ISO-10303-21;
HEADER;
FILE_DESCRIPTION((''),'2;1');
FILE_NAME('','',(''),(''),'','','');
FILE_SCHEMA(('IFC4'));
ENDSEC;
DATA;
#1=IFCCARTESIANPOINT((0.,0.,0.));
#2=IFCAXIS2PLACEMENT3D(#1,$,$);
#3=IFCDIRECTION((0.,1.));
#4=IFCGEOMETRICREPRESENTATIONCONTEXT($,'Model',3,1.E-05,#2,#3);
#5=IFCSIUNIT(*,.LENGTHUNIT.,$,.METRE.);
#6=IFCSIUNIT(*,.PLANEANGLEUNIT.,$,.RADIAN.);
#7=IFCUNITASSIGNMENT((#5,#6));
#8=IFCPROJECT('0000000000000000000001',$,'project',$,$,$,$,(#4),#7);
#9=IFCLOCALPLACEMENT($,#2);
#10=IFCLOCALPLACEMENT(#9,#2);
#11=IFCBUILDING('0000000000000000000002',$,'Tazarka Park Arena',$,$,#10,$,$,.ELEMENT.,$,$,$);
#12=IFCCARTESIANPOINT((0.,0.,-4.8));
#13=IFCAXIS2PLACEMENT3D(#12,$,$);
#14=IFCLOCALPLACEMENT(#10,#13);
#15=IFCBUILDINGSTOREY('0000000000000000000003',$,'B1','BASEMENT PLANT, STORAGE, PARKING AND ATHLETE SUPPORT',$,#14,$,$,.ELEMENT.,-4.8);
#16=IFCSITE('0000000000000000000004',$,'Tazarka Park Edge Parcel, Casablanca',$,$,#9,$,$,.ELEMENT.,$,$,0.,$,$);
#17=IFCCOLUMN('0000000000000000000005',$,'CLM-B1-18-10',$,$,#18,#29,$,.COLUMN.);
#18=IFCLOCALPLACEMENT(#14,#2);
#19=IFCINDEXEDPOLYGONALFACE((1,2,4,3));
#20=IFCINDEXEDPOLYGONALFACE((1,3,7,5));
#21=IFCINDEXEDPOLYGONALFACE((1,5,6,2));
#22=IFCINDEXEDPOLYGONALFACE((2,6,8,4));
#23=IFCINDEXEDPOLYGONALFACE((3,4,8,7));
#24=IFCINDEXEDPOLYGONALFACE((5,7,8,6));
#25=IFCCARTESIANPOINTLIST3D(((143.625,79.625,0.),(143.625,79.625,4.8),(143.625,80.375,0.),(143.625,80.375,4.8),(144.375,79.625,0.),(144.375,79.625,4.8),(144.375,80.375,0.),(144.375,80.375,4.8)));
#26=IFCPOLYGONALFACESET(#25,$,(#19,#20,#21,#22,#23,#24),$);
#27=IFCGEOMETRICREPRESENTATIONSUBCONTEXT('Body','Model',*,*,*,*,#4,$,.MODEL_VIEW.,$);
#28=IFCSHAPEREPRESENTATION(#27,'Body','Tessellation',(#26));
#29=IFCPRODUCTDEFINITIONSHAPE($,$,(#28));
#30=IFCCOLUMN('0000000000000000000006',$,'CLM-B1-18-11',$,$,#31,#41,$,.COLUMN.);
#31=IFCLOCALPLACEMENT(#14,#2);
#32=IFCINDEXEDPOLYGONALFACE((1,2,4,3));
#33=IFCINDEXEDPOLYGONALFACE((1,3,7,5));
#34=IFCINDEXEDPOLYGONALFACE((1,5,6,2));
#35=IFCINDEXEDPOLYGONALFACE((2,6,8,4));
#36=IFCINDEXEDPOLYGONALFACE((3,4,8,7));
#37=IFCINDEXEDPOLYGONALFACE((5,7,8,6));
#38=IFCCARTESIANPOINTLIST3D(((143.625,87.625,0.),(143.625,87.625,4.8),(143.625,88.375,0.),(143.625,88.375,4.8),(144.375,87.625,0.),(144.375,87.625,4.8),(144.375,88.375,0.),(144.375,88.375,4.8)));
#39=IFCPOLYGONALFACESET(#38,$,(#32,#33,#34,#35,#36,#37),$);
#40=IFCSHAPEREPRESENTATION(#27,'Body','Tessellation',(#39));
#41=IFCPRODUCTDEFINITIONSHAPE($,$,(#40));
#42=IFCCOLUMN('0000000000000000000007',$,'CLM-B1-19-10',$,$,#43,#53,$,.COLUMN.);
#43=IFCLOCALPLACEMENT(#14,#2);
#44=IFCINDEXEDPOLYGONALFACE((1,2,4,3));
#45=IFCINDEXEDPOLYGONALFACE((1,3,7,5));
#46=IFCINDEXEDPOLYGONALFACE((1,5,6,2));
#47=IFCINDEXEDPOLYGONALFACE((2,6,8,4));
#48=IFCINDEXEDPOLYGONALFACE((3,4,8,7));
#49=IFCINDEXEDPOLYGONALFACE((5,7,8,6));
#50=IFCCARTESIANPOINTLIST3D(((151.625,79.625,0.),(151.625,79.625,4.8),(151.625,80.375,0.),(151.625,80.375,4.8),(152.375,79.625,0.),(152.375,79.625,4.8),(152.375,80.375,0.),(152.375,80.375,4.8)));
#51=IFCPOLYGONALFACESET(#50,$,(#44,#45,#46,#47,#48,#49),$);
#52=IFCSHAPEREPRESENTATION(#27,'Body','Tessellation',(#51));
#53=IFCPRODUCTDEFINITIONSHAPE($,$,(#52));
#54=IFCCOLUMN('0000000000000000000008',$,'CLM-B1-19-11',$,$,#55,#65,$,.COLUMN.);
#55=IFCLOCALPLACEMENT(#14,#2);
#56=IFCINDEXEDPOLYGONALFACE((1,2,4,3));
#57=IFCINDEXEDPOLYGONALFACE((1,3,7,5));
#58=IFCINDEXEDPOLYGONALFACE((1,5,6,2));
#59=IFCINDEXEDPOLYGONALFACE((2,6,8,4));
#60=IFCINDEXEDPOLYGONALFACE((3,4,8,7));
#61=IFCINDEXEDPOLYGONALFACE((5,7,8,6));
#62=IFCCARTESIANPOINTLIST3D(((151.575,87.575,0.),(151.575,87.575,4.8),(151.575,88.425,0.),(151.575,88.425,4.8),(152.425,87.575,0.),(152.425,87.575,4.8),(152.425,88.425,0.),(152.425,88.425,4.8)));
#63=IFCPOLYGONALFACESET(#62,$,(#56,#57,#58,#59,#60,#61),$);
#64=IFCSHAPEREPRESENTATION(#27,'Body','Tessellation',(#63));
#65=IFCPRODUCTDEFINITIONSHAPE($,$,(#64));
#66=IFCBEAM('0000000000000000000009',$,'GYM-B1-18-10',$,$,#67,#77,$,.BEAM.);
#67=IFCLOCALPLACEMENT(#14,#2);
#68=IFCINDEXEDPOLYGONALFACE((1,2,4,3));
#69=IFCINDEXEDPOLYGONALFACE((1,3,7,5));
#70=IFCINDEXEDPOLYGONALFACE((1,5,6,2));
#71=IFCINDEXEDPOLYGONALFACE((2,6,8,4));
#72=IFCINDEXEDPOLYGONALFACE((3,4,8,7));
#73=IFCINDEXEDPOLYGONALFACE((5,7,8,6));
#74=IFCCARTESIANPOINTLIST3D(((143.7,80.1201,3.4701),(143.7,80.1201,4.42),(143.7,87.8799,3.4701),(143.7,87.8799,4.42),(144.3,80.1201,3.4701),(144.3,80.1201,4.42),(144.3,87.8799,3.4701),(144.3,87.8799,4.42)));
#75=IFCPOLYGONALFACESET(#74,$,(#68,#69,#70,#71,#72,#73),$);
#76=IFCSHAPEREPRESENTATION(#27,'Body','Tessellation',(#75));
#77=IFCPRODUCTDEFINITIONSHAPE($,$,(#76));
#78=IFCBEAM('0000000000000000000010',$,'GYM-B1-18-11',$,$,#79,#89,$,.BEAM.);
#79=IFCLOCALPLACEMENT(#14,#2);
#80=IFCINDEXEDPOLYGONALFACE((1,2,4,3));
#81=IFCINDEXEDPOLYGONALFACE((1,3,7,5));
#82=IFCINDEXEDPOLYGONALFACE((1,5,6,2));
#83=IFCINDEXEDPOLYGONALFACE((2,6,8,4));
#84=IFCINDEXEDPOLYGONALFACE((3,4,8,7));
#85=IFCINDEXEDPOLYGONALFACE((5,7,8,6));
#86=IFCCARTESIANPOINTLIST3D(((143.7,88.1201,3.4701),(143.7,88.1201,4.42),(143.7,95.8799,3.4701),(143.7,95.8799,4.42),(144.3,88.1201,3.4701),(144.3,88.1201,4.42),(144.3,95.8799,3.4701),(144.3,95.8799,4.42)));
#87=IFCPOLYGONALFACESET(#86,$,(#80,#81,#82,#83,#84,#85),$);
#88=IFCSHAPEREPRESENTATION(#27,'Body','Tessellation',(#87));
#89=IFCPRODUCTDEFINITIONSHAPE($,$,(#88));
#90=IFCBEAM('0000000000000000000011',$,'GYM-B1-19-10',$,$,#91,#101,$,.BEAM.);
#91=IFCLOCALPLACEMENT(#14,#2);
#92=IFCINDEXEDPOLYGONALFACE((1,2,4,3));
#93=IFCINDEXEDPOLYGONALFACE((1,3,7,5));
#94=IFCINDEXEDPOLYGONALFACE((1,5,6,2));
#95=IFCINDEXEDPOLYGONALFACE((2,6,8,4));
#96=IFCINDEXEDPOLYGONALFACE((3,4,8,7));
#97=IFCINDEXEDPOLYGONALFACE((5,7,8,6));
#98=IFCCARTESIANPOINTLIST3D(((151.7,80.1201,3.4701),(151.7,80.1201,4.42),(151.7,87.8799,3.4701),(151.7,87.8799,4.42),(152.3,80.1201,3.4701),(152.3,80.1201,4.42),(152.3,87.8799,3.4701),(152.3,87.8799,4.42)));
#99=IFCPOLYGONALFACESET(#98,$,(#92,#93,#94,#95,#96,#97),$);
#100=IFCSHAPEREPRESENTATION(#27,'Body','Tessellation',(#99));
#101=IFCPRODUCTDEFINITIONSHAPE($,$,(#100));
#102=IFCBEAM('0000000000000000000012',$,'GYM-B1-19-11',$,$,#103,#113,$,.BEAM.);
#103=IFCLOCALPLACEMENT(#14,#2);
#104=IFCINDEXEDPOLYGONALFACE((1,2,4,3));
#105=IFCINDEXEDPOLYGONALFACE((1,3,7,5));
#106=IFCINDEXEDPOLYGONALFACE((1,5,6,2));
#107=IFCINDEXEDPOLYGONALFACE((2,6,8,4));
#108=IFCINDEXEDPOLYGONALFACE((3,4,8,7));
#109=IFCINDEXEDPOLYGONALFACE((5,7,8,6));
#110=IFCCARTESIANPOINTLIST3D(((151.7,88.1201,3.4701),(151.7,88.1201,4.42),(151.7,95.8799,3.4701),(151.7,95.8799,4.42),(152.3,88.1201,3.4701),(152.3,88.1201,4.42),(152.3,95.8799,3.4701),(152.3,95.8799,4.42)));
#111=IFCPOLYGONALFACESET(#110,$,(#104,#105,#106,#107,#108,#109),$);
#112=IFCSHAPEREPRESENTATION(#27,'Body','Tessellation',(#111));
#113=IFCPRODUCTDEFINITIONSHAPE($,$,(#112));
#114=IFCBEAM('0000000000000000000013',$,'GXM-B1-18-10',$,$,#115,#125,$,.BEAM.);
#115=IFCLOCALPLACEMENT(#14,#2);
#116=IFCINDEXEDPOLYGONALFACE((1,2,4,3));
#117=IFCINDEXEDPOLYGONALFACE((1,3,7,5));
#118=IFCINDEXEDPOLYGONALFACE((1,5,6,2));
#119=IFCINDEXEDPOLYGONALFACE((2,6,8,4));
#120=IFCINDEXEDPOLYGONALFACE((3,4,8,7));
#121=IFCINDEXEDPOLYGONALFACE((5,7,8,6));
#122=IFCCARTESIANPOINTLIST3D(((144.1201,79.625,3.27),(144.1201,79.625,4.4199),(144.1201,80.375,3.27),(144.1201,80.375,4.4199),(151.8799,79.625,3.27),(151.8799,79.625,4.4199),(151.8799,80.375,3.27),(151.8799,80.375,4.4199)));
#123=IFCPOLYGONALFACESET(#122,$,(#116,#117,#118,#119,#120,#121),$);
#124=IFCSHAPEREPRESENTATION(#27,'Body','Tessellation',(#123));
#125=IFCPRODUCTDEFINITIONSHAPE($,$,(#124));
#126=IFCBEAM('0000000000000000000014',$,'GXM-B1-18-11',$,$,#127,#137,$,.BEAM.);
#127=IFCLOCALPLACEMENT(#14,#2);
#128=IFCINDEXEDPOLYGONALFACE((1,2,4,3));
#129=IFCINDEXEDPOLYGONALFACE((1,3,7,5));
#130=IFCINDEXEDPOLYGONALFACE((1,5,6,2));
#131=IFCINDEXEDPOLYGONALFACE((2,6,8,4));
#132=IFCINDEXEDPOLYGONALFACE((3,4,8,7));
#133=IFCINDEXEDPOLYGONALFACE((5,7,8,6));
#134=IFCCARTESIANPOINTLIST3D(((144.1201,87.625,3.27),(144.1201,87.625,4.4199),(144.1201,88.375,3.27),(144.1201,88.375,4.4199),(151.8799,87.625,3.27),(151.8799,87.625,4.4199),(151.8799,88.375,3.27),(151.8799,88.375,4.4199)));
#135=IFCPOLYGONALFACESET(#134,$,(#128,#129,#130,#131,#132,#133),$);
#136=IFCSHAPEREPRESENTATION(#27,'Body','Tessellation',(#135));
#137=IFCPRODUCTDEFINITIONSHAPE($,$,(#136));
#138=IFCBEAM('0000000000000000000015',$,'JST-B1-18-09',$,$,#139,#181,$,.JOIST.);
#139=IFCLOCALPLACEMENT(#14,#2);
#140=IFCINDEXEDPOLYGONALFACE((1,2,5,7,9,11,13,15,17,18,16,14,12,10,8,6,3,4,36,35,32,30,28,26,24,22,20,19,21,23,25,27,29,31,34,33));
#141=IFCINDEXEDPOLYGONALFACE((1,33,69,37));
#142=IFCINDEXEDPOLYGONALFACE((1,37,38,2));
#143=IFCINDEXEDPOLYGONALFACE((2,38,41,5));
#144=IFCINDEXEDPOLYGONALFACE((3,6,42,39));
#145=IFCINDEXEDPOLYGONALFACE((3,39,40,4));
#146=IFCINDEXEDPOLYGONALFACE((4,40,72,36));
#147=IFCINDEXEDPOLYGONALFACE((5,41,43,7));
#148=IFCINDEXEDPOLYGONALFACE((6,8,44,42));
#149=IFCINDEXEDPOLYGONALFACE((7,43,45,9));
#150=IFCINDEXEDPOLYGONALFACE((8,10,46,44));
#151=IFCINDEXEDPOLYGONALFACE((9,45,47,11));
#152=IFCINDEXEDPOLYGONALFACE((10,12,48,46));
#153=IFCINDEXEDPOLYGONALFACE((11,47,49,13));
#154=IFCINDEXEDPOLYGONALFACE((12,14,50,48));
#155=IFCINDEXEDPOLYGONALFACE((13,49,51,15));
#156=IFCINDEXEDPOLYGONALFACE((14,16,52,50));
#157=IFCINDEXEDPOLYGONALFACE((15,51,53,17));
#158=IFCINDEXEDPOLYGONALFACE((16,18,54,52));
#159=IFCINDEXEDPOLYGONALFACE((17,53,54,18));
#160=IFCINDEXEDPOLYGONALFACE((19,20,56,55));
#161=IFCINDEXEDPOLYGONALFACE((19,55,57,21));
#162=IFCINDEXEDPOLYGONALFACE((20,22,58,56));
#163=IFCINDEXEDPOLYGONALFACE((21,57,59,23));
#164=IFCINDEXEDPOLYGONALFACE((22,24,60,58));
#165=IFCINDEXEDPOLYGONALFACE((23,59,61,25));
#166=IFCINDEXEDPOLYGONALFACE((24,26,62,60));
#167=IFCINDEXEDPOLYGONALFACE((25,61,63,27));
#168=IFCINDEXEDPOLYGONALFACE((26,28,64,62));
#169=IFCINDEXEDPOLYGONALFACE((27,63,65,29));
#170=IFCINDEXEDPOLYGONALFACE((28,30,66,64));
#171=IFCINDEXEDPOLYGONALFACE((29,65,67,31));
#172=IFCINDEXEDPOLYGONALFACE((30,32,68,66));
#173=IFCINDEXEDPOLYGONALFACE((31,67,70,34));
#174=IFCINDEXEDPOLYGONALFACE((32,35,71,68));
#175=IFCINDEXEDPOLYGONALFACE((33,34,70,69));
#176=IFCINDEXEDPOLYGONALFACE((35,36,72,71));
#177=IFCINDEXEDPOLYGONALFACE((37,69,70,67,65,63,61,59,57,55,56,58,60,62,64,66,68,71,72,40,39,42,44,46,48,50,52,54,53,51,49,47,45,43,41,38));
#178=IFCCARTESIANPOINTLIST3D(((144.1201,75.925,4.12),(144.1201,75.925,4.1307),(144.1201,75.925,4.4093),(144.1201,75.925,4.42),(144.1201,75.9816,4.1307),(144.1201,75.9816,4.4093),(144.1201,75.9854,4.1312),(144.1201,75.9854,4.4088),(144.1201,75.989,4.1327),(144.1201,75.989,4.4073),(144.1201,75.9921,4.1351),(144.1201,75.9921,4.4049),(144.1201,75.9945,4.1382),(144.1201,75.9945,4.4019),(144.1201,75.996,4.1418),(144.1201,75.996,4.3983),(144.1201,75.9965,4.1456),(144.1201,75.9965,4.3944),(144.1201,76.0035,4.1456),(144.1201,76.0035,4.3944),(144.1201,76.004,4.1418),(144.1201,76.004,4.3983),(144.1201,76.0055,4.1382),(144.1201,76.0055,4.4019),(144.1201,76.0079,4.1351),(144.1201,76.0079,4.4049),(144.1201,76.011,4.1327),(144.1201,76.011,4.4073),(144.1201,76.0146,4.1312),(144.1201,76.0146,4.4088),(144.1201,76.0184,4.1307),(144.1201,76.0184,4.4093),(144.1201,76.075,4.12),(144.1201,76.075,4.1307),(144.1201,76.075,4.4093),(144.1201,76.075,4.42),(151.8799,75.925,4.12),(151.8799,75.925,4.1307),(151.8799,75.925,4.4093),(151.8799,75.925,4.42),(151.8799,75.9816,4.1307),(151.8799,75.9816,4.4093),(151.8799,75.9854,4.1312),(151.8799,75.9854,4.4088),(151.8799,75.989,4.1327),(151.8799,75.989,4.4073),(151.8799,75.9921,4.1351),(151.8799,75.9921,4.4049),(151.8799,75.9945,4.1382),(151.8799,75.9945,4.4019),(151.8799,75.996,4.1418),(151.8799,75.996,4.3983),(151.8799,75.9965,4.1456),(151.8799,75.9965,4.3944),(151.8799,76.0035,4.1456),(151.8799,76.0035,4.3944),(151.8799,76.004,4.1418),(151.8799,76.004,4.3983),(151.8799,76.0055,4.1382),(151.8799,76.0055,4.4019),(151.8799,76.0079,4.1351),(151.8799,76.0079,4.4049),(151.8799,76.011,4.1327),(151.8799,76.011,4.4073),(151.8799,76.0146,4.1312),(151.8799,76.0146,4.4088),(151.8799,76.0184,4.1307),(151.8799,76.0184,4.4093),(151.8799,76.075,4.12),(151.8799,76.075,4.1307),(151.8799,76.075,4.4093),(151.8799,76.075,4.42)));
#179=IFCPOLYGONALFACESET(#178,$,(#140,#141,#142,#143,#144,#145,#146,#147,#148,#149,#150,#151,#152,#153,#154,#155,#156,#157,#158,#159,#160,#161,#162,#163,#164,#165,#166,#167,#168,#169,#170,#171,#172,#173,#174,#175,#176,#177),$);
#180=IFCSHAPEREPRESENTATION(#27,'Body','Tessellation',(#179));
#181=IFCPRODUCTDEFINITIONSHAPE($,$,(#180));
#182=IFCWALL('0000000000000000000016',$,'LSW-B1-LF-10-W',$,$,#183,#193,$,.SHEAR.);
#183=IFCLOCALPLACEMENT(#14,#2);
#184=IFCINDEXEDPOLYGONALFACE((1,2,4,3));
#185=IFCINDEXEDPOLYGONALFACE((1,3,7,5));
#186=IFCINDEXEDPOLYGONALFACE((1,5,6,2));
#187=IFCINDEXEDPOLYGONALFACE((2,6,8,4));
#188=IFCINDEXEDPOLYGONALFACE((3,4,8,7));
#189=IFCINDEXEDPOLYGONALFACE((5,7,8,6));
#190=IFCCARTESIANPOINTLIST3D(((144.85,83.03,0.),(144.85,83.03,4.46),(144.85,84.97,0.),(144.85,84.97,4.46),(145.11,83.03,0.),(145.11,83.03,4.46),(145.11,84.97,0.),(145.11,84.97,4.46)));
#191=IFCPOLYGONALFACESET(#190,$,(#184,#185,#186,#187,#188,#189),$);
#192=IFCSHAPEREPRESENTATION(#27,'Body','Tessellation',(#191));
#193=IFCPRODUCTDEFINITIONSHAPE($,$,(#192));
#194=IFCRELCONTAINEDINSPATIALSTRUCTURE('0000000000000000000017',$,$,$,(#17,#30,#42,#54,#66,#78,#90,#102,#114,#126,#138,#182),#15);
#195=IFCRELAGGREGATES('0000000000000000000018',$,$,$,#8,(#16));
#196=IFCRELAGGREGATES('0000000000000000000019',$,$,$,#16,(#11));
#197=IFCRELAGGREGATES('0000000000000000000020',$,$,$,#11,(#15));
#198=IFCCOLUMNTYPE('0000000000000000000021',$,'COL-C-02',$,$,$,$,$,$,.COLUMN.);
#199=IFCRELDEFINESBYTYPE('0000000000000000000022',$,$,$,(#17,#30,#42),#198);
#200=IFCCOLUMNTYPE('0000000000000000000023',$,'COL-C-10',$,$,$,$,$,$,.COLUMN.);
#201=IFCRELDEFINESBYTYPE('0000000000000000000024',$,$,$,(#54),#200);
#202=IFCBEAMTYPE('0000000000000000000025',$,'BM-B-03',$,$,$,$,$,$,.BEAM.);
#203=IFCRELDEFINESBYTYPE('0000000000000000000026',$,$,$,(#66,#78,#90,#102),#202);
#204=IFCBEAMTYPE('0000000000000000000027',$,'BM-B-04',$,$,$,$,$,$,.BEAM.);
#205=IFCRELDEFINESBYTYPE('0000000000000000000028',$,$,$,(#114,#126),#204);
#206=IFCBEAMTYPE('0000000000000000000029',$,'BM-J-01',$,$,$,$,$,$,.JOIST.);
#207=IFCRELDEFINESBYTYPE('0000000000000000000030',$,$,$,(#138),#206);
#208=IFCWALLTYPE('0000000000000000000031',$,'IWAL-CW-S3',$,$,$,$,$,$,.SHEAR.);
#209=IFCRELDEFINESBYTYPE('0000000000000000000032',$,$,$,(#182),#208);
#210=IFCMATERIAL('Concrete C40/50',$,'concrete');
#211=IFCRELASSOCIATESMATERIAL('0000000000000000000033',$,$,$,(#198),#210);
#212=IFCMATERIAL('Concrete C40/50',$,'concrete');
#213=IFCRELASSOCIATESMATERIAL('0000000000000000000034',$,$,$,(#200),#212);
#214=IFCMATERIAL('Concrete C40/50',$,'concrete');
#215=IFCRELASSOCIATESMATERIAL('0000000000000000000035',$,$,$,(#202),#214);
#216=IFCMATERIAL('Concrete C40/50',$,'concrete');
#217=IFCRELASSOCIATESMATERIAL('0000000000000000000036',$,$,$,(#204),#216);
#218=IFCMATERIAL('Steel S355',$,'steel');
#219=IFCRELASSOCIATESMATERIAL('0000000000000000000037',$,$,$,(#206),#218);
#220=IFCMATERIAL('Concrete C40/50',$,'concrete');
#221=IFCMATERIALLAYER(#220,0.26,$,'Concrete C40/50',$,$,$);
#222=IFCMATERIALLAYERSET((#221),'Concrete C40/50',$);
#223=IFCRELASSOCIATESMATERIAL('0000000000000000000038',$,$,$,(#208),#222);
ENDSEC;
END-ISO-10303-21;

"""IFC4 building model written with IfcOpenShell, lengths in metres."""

from ifc_helpers import new_model, si_unit, direction, frame, frame_2d, origin, origin_2d, place, context, subcontext, project, spatial, rectangle, i_section, extrude, material, layer, layer_set, material_profile, profile_set, type_object, element, save


model = new_model("IFC4")

# Units and contexts
model_context = context("Model", 3, precision=1e-05, world=origin(), true_north=direction((0.0, 1.0)))
body_context = subcontext(model_context, "Body", "Model", "MODEL_VIEW")
ifc_project = project(units=[si_unit("LENGTHUNIT", "METRE"), si_unit("PLANEANGLEUNIT", "RADIAN")], contexts=[model_context])

# Site, building, storey
site_placement = place(None, origin())
site = spatial("IfcSite", under=ifc_project, at=site_placement, Name="Tazarka Park Edge Parcel, Casablanca", CompositionType="ELEMENT", RefElevation=0.0)
building_placement = place(site_placement, origin())
building = spatial("IfcBuilding", under=site, at=building_placement, Name="Tazarka Park Arena", CompositionType="ELEMENT")
storey_placement = place(building_placement, frame((0.0, 0.0, -4.8)))
storey = spatial("IfcBuildingStorey", under=building, at=storey_placement, Name="B1", Description="BASEMENT PLANT, STORAGE, PARKING AND ATHLETE SUPPORT", CompositionType="ELEMENT", Elevation=-4.8)

# Columns
ifc_material_1 = material(Name="Concrete C40/50", Category="concrete")
ifc_material_profile_1 = material_profile(ifc_material_1, rectangle(XDim=0.75, YDim=0.75, at=origin_2d()), Name="Concrete C40/50")
ifc_profile_set_1 = profile_set([ifc_material_profile_1], Name="Concrete C40/50")
column_type_1 = type_object("IfcColumnType", Name="COL-C-02", PredefinedType="COLUMN", material=ifc_profile_set_1)
for number, where, z_axis, x_axis, name in (
    (1, (144.0, 80.0, 0.0), (0.0, 0.0, 1.0), (1.0, 0.0, 0.0), "CLM-B1-18-10"),
    (2, (144.0, 88.0, 0.0), (0.0, 0.0, 1.0), (1.0, 0.0, 0.0), "CLM-B1-18-11"),
    (3, (152.0, 80.0, 0.0), (0.0, 0.0, 1.0), (1.0, 0.0, 0.0), "CLM-B1-19-10"),
):
    element("IfcColumn", number, at=place(storey_placement, frame(where, z_axis=z_axis, x_axis=x_axis)), inside=storey, type_object=column_type_1, Name=name, PredefinedType="COLUMN", context=body_context, shape_type="SweptSolid", body=[
        extrude(rectangle(XDim=0.75, YDim=0.75, at=origin_2d()), origin(), (0.0, 0.0, 1.0), 4.8),
    ])
ifc_material_2 = material(Name="Concrete C40/50", Category="concrete")
ifc_material_profile_2 = material_profile(ifc_material_2, rectangle(XDim=0.8501, YDim=0.8501, at=origin_2d()), Name="Concrete C40/50")
ifc_profile_set_2 = profile_set([ifc_material_profile_2], Name="Concrete C40/50")
column_type_2 = type_object("IfcColumnType", Name="COL-C-10", PredefinedType="COLUMN", material=ifc_profile_set_2)
column_placement = place(storey_placement, frame((152.0, 88.0, 0.0), z_axis=(0.0, 0.0, 1.0), x_axis=(1.0, 0.0, 0.0)))
element("IfcColumn", 4, at=column_placement, inside=storey, type_object=column_type_2, Name="CLM-B1-19-11", PredefinedType="COLUMN", context=body_context, shape_type="SweptSolid", body=[
    extrude(rectangle(XDim=0.8501, YDim=0.8501, at=origin_2d()), origin(), (0.0, 0.0, 1.0), 4.8),
])

# Beams
ifc_material_3 = material(Name="Concrete C40/50", Category="concrete")
ifc_material_profile_3 = material_profile(ifc_material_3, rectangle(XDim=0.6001, YDim=0.95, at=origin_2d()), Name="Concrete C40/50")
ifc_profile_set_3 = profile_set([ifc_material_profile_3], Name="Concrete C40/50")
beam_type_1 = type_object("IfcBeamType", Name="BM-B-03", PredefinedType="BEAM", material=ifc_profile_set_3)
for number, where, z_axis, x_axis, name in (
    (5, (144.0, 80.1201, 3.9451), (0.0, 1.0, 0.0), (-1.0, 0.0, 0.0), "GYM-B1-18-10"),
    (6, (144.0, 88.1201, 3.9451), (0.0, 1.0, 0.0), (-1.0, 0.0, 0.0), "GYM-B1-18-11"),
    (7, (152.0, 80.1201, 3.9451), (0.0, 1.0, 0.0), (-1.0, 0.0, 0.0), "GYM-B1-19-10"),
    (8, (152.0, 88.1201, 3.9451), (0.0, 1.0, 0.0), (-1.0, 0.0, 0.0), "GYM-B1-19-11"),
):
    element("IfcBeam", number, at=place(storey_placement, frame(where, z_axis=z_axis, x_axis=x_axis)), inside=storey, type_object=beam_type_1, Name=name, PredefinedType="BEAM", context=body_context, shape_type="SweptSolid", body=[
        extrude(rectangle(XDim=0.6001, YDim=0.95, at=origin_2d()), origin(), (0.0, 0.0, 1.0), 7.7598),
    ])
ifc_material_4 = material(Name="Concrete C40/50", Category="concrete")
ifc_material_profile_4 = material_profile(ifc_material_4, rectangle(XDim=0.75, YDim=1.1499, at=origin_2d()), Name="Concrete C40/50")
ifc_profile_set_4 = profile_set([ifc_material_profile_4], Name="Concrete C40/50")
beam_type_2 = type_object("IfcBeamType", Name="BM-B-04", PredefinedType="BEAM", material=ifc_profile_set_4)
for number, where, z_axis, x_axis, name in (
    (9, (144.1201, 80.0, 3.845), (1.0, 0.0, 0.0), (0.0, 1.0, 0.0), "GXM-B1-18-10"),
    (10, (144.1201, 88.0, 3.845), (1.0, 0.0, 0.0), (0.0, 1.0, 0.0), "GXM-B1-18-11"),
):
    element("IfcBeam", number, at=place(storey_placement, frame(where, z_axis=z_axis, x_axis=x_axis)), inside=storey, type_object=beam_type_2, Name=name, PredefinedType="BEAM", context=body_context, shape_type="SweptSolid", body=[
        extrude(rectangle(XDim=0.75, YDim=1.1499, at=origin_2d()), origin(), (0.0, 0.0, 1.0), 7.7598),
    ])
ifc_material_5 = material(Name="Steel S355", Category="steel")
ifc_material_profile_5 = material_profile(ifc_material_5, i_section(OverallWidth=0.1499, OverallDepth=0.3, WebThickness=0.0071, FlangeThickness=0.0107, FilletRadius=0.0149, at=origin_2d()), Name="Steel S355")
ifc_profile_set_5 = profile_set([ifc_material_profile_5], Name="Steel S355")
beam_type_3 = type_object("IfcBeamType", Name="BM-J-01", PredefinedType="JOIST", material=ifc_profile_set_5)
beam_placement = place(storey_placement, frame((144.1201, 76.0, 4.27), z_axis=(1.0, 0.0, 0.0), x_axis=(0.0, 1.0, 0.0)))
element("IfcBeam", 11, at=beam_placement, inside=storey, type_object=beam_type_3, Name="JST-B1-18-09", PredefinedType="JOIST", context=body_context, shape_type="SweptSolid", body=[
    extrude(i_section(OverallWidth=0.1499, OverallDepth=0.3, WebThickness=0.0071, FlangeThickness=0.0107, FilletRadius=0.0149, at=origin_2d()), origin(), (0.0, 0.0, 1.0), 7.7598),
])

# Wall
ifc_material_6 = material(Name="Concrete C40/50", Category="concrete")
ifc_layer = layer(ifc_material_6, 0.26, Name="Concrete C40/50")
ifc_layer_set = layer_set([ifc_layer], Name="Concrete C40/50")
wall_type = type_object("IfcWallType", Name="IWAL-CW-S3", PredefinedType="SHEAR", material=ifc_layer_set)
wall_1_placement = place(storey_placement, frame((144.98, 83.03, 0.0), z_axis=(0.0, 0.0, 1.0), x_axis=(0.0, 1.0, 0.0)))
element("IfcWall", 12, at=wall_1_placement, inside=storey, type_object=wall_type, Name="LSW-B1-LF-10-W", PredefinedType="SHEAR", context=body_context, shape_type="SweptSolid", body=[
    extrude(rectangle(XDim=1.9399, YDim=0.26, at=frame_2d((0.97, 0.0))), origin(), (0.0, 0.0, 1.0), 4.46),
])

save(model, "model.ifc")
